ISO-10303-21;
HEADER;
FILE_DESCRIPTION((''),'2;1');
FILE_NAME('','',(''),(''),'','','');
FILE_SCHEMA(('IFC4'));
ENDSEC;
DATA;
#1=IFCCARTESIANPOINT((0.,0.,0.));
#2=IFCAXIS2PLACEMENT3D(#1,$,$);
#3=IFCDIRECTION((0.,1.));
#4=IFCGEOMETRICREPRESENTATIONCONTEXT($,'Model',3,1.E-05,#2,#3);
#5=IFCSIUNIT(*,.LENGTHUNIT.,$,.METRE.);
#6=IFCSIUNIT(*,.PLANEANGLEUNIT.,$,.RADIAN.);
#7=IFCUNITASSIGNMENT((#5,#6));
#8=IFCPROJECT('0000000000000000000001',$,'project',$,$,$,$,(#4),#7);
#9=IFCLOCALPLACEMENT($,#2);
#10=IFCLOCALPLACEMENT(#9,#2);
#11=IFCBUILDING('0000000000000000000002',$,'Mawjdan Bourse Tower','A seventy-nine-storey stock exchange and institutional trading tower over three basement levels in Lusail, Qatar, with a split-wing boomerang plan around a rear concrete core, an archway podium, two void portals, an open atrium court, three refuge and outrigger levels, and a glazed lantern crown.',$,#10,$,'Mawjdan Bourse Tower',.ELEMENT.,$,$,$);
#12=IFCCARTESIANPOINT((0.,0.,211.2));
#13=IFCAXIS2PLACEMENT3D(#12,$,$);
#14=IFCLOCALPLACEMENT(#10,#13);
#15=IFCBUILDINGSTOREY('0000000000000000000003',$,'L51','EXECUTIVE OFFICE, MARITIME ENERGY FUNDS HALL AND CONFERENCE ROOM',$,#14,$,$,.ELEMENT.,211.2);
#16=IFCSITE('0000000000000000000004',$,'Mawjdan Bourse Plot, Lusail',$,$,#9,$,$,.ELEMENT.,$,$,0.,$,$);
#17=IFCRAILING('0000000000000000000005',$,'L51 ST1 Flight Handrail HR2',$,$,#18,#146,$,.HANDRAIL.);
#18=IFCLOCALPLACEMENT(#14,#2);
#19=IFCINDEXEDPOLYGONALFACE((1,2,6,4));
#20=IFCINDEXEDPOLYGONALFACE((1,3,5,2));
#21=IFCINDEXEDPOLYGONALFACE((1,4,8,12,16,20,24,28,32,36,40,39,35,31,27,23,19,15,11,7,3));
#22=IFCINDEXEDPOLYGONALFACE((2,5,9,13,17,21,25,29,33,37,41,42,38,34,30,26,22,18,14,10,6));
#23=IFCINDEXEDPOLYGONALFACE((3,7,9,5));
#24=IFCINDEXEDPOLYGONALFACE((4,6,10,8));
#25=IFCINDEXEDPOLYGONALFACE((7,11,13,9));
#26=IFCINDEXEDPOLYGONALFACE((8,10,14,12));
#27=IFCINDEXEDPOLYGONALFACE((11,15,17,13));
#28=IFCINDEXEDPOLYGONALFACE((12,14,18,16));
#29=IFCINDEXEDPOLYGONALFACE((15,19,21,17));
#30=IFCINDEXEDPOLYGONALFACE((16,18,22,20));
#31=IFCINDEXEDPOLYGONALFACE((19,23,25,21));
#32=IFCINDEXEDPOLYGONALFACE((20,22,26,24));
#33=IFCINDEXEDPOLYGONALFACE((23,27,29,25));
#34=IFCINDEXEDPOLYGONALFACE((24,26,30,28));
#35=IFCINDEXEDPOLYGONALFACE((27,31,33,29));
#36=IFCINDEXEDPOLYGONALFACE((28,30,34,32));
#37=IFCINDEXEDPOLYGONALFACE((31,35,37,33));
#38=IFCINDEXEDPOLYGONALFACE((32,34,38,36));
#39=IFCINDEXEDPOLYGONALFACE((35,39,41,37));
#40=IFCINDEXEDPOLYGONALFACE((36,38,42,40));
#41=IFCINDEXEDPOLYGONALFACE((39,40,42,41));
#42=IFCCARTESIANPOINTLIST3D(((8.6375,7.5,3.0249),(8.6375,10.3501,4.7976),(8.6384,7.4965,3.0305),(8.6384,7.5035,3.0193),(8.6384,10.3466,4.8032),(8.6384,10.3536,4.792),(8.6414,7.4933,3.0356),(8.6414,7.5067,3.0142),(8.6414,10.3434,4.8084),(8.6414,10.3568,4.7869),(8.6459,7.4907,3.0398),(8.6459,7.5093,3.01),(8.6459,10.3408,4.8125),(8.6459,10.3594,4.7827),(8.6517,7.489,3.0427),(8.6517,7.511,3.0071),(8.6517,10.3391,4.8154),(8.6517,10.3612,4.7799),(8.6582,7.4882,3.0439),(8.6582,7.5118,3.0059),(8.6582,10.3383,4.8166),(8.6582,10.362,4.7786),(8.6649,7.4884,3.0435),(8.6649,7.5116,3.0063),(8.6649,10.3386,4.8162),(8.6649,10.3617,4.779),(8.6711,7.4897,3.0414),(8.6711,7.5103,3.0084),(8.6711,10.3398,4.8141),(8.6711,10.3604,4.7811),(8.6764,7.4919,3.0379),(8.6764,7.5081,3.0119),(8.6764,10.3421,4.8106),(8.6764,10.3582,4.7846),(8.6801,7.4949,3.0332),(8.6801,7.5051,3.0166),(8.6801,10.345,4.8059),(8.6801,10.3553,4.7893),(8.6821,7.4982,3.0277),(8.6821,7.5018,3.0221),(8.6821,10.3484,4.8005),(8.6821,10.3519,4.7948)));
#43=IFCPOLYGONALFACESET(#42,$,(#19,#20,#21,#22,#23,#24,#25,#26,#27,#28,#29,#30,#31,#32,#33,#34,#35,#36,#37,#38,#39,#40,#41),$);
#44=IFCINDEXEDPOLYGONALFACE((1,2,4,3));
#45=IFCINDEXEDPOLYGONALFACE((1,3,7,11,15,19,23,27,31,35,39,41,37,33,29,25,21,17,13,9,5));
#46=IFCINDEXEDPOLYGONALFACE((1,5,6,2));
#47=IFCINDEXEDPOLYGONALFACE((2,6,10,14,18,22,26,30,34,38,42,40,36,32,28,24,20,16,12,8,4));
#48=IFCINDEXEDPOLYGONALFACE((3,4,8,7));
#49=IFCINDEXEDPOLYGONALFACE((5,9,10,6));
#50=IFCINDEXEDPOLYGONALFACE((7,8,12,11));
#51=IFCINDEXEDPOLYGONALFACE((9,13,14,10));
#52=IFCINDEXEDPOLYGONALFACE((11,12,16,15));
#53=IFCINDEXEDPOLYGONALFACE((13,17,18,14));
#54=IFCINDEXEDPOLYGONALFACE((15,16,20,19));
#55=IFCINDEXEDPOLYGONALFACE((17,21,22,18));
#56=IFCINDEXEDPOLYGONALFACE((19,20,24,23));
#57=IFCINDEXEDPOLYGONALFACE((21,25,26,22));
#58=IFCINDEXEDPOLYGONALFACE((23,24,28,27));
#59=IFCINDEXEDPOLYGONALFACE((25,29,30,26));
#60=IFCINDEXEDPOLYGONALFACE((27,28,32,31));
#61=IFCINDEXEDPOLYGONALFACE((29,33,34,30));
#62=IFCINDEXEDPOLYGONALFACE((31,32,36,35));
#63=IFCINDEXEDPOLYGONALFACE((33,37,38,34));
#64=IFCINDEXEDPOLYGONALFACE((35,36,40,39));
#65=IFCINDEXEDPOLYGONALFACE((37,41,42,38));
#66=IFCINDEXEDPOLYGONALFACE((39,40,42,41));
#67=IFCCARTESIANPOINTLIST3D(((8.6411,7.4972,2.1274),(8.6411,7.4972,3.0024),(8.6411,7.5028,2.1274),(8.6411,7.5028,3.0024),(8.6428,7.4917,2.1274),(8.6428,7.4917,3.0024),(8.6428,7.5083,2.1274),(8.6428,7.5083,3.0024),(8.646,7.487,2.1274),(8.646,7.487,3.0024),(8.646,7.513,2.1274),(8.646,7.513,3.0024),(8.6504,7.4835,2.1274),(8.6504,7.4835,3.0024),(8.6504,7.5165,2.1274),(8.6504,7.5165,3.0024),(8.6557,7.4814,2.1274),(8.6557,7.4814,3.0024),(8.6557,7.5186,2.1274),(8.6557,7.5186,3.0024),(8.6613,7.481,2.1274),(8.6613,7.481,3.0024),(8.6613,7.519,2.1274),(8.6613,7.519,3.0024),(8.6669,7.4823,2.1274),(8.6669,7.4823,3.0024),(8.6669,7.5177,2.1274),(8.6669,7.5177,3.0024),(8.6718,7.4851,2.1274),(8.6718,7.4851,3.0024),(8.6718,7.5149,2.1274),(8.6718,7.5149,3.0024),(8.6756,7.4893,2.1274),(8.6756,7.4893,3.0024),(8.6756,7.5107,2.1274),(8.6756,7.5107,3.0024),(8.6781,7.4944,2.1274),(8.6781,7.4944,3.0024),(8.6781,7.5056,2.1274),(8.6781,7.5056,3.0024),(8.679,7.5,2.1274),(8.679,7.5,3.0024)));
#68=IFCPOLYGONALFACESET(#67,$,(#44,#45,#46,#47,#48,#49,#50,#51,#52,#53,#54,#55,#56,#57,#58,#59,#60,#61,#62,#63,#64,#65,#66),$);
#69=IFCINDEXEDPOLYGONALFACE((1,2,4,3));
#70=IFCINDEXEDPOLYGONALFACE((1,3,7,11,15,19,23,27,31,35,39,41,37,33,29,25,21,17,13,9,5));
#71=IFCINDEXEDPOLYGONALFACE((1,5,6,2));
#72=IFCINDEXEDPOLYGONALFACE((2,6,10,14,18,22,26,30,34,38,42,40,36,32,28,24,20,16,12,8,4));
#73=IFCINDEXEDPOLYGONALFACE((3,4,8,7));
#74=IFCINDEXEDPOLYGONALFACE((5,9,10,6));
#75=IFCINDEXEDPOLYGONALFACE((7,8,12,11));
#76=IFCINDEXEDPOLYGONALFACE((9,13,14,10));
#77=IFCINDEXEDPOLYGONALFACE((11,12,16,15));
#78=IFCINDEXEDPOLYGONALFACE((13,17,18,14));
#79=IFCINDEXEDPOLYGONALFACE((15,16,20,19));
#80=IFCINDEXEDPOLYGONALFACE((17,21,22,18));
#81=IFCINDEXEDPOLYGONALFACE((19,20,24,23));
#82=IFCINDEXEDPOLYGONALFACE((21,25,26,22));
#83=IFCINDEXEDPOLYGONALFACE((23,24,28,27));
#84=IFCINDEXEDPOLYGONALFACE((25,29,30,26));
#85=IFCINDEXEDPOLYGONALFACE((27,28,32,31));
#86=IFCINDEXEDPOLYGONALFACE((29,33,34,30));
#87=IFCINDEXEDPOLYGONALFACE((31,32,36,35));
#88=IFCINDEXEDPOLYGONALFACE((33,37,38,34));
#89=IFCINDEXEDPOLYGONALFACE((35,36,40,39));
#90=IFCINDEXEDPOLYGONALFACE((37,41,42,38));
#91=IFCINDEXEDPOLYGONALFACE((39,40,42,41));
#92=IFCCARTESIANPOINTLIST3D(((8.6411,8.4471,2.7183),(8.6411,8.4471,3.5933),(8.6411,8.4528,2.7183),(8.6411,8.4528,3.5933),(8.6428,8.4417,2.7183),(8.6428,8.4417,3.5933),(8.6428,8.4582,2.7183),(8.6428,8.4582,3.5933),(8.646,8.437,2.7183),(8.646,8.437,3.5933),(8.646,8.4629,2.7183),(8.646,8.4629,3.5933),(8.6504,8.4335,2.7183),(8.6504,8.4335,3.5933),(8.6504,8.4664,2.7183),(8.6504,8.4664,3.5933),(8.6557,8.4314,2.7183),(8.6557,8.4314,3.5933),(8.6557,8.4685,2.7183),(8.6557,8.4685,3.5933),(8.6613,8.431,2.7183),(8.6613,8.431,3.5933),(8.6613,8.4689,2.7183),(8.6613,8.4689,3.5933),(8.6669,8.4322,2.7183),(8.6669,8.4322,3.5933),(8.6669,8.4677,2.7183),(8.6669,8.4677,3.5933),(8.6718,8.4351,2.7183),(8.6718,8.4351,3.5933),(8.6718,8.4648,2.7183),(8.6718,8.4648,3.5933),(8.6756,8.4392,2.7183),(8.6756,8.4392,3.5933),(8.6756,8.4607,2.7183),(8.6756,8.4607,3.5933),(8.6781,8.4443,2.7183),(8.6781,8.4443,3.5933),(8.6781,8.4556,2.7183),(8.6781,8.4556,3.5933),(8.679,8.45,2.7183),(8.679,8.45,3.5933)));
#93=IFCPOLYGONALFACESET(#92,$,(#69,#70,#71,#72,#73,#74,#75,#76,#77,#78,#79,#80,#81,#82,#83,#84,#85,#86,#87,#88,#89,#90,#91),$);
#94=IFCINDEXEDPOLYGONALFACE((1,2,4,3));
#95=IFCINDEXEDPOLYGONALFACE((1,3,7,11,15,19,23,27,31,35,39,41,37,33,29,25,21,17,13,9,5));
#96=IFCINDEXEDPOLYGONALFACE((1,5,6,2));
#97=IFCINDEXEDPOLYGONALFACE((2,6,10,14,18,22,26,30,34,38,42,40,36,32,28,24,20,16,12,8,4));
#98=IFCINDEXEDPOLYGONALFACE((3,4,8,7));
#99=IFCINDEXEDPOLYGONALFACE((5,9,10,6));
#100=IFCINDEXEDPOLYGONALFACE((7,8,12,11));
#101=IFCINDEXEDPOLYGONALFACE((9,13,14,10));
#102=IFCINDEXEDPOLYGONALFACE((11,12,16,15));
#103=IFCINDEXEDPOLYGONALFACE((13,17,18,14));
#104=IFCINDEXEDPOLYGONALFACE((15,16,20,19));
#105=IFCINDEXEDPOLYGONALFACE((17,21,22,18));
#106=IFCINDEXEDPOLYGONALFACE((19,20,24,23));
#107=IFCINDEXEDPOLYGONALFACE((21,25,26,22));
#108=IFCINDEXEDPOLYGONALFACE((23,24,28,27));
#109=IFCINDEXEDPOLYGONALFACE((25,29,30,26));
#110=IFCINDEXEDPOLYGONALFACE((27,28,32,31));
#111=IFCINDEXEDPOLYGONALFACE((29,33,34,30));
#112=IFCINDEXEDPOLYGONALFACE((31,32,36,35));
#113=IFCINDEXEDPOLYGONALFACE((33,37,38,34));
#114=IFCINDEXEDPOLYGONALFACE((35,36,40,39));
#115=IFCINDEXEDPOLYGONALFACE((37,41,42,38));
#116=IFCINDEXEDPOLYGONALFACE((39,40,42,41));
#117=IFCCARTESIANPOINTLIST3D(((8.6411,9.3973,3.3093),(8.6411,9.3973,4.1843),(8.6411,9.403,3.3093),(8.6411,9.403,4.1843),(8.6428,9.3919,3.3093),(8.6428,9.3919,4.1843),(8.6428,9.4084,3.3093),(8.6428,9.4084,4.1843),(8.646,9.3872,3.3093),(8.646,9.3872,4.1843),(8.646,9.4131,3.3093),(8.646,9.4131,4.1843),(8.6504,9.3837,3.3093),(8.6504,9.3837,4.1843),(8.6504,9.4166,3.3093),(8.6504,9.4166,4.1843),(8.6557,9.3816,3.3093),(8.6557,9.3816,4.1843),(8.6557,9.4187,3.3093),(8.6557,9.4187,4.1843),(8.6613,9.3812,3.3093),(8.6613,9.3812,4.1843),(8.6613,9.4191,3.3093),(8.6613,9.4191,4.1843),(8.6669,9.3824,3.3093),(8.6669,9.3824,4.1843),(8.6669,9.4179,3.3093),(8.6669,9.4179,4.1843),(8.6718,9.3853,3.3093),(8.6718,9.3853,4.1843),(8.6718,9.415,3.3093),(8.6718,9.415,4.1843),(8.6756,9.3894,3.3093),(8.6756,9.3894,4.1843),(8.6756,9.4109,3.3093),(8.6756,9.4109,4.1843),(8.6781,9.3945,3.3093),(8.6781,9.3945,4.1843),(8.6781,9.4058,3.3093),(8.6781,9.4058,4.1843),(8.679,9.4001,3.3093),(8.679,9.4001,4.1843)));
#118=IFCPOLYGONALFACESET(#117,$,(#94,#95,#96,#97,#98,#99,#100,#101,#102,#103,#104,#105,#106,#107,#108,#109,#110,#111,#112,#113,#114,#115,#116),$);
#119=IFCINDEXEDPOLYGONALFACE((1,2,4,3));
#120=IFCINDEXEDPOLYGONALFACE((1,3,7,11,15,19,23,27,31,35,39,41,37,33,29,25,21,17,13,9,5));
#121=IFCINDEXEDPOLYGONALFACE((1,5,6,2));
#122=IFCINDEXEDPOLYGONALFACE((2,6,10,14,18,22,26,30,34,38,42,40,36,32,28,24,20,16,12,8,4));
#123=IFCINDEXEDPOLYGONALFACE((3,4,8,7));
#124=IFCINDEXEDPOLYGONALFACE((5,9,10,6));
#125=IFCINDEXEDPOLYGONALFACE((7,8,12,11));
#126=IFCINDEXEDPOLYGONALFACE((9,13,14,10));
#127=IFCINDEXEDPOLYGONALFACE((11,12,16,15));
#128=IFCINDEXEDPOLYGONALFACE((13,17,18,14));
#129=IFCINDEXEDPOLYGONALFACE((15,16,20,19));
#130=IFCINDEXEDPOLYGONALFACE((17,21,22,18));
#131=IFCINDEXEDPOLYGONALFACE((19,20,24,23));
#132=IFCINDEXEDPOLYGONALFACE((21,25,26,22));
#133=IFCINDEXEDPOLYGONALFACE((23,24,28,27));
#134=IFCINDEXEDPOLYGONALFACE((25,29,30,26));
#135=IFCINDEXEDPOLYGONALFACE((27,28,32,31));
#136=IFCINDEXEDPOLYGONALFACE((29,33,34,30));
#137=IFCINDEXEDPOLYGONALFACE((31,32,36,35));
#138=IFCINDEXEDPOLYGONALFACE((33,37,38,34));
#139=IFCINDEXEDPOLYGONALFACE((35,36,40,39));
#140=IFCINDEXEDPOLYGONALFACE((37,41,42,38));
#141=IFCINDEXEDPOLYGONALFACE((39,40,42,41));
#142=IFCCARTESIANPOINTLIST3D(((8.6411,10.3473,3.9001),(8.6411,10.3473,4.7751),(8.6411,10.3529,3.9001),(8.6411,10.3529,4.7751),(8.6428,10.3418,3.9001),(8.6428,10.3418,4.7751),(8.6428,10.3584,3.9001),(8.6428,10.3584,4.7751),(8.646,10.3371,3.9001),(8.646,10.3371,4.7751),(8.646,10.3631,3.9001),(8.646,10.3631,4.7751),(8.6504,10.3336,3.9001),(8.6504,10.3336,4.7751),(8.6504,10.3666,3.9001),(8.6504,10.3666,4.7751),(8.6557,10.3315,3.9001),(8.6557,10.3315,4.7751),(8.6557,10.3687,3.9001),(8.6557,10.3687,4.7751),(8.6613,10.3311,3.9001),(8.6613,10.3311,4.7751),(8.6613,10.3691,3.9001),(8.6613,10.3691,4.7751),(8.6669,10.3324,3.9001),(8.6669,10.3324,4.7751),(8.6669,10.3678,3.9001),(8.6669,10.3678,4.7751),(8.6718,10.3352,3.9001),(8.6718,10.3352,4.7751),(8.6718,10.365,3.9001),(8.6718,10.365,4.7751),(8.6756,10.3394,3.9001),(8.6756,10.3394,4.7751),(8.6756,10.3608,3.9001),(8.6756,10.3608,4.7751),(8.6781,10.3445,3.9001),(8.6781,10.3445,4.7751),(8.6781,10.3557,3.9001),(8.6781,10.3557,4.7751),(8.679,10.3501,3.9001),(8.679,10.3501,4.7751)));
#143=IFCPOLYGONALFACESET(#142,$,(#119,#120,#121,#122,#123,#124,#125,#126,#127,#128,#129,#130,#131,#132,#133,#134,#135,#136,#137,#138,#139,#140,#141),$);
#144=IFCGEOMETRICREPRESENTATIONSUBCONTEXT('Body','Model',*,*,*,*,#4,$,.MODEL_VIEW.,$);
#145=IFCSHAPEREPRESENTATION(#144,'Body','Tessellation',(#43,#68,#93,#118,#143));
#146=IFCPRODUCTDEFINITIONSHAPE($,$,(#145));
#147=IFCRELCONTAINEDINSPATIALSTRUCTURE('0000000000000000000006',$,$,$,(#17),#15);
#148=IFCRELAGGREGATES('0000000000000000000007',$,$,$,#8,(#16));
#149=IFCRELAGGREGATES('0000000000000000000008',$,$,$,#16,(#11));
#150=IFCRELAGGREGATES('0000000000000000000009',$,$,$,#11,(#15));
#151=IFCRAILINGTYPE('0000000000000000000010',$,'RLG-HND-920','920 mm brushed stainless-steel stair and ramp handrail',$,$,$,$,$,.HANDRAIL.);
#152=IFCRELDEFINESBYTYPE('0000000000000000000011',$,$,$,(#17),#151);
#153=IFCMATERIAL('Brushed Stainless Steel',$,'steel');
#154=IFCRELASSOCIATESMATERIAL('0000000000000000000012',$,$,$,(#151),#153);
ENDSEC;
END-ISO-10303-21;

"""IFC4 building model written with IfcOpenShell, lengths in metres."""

from ifc_helpers import new_model, si_unit, direction, frame, origin, origin_2d, place, context, subcontext, project, spatial, circle, extrude, material, type_object, element, save


model = new_model("IFC4")

# Units and contexts
model_context = context("Model", 3, precision=1e-05, world=origin(), true_north=direction((0.0, 1.0)))
body_context = subcontext(model_context, "Body", "Model", "MODEL_VIEW")
ifc_project = project(units=[si_unit("LENGTHUNIT", "METRE"), si_unit("PLANEANGLEUNIT", "RADIAN")], contexts=[model_context])

# Site, building, storey
site_placement = place(None, origin())
site = spatial("IfcSite", under=ifc_project, at=site_placement, Name="Mawjdan Bourse Plot, Lusail", CompositionType="ELEMENT", RefElevation=0.0)
building_placement = place(site_placement, origin())
building = spatial("IfcBuilding", under=site, at=building_placement, Name="Mawjdan Bourse Tower", Description="A seventy-nine-storey stock exchange and institutional trading tower over three basement levels in Lusail, Qatar, with a split-wing boomerang plan around a rear concrete core, an archway podium, two void portals, an open atrium court, three refuge and outrigger levels, and a glazed lantern crown.", LongName="Mawjdan Bourse Tower", CompositionType="ELEMENT")
storey_placement = place(building_placement, frame((0.0, 0.0, 211.2)))
storey = spatial("IfcBuildingStorey", under=building, at=storey_placement, Name="L51", Description="EXECUTIVE OFFICE, MARITIME ENERGY FUNDS HALL AND CONFERENCE ROOM", CompositionType="ELEMENT", Elevation=211.2)

# Railing
ifc_material_1 = material(Name="Brushed Stainless Steel", Category="steel")
railing_type_1 = type_object("IfcRailingType", Name="RLG-HND-920", Description="920 mm brushed stainless-steel stair and ramp handrail", PredefinedType="HANDRAIL", material=ifc_material_1)
for number, where, name in (
    (1, (8.6599, 7.5, 2.1274), "L51 ST1 Flight Handrail HR2"),
):
    element("IfcRailing", number, at=place(storey_placement, frame(where)), inside=storey, type_object=railing_type_1, Name=name, PredefinedType="HANDRAIL", context=body_context, shape_type="SweptSolid", body=[
        extrude(circle(Radius=0.0225, at=origin_2d()), frame((0.0, 0.0, 0.8975), z_axis=(0.0, 0.849149, 0.528154), x_axis=(-1.0, 0.0, 0.0)), (0.0, 0.0, 1.0), 3.3564),
        extrude(circle(Radius=0.019, at=origin_2d()), origin(), (0.0, 0.0, 1.0), 0.875),
        extrude(circle(Radius=0.019, at=origin_2d()), frame((0.0, 0.95, 0.5908)), (0.0, 0.0, 1.0), 0.875),
        extrude(circle(Radius=0.019, at=origin_2d()), frame((0.0, 1.9001, 1.1819)), (0.0, 0.0, 1.0), 0.875),
        extrude(circle(Radius=0.019, at=origin_2d()), frame((0.0, 2.8501, 1.7727)), (0.0, 0.0, 1.0), 0.875),
    ])

save(model, "model.ifc")
